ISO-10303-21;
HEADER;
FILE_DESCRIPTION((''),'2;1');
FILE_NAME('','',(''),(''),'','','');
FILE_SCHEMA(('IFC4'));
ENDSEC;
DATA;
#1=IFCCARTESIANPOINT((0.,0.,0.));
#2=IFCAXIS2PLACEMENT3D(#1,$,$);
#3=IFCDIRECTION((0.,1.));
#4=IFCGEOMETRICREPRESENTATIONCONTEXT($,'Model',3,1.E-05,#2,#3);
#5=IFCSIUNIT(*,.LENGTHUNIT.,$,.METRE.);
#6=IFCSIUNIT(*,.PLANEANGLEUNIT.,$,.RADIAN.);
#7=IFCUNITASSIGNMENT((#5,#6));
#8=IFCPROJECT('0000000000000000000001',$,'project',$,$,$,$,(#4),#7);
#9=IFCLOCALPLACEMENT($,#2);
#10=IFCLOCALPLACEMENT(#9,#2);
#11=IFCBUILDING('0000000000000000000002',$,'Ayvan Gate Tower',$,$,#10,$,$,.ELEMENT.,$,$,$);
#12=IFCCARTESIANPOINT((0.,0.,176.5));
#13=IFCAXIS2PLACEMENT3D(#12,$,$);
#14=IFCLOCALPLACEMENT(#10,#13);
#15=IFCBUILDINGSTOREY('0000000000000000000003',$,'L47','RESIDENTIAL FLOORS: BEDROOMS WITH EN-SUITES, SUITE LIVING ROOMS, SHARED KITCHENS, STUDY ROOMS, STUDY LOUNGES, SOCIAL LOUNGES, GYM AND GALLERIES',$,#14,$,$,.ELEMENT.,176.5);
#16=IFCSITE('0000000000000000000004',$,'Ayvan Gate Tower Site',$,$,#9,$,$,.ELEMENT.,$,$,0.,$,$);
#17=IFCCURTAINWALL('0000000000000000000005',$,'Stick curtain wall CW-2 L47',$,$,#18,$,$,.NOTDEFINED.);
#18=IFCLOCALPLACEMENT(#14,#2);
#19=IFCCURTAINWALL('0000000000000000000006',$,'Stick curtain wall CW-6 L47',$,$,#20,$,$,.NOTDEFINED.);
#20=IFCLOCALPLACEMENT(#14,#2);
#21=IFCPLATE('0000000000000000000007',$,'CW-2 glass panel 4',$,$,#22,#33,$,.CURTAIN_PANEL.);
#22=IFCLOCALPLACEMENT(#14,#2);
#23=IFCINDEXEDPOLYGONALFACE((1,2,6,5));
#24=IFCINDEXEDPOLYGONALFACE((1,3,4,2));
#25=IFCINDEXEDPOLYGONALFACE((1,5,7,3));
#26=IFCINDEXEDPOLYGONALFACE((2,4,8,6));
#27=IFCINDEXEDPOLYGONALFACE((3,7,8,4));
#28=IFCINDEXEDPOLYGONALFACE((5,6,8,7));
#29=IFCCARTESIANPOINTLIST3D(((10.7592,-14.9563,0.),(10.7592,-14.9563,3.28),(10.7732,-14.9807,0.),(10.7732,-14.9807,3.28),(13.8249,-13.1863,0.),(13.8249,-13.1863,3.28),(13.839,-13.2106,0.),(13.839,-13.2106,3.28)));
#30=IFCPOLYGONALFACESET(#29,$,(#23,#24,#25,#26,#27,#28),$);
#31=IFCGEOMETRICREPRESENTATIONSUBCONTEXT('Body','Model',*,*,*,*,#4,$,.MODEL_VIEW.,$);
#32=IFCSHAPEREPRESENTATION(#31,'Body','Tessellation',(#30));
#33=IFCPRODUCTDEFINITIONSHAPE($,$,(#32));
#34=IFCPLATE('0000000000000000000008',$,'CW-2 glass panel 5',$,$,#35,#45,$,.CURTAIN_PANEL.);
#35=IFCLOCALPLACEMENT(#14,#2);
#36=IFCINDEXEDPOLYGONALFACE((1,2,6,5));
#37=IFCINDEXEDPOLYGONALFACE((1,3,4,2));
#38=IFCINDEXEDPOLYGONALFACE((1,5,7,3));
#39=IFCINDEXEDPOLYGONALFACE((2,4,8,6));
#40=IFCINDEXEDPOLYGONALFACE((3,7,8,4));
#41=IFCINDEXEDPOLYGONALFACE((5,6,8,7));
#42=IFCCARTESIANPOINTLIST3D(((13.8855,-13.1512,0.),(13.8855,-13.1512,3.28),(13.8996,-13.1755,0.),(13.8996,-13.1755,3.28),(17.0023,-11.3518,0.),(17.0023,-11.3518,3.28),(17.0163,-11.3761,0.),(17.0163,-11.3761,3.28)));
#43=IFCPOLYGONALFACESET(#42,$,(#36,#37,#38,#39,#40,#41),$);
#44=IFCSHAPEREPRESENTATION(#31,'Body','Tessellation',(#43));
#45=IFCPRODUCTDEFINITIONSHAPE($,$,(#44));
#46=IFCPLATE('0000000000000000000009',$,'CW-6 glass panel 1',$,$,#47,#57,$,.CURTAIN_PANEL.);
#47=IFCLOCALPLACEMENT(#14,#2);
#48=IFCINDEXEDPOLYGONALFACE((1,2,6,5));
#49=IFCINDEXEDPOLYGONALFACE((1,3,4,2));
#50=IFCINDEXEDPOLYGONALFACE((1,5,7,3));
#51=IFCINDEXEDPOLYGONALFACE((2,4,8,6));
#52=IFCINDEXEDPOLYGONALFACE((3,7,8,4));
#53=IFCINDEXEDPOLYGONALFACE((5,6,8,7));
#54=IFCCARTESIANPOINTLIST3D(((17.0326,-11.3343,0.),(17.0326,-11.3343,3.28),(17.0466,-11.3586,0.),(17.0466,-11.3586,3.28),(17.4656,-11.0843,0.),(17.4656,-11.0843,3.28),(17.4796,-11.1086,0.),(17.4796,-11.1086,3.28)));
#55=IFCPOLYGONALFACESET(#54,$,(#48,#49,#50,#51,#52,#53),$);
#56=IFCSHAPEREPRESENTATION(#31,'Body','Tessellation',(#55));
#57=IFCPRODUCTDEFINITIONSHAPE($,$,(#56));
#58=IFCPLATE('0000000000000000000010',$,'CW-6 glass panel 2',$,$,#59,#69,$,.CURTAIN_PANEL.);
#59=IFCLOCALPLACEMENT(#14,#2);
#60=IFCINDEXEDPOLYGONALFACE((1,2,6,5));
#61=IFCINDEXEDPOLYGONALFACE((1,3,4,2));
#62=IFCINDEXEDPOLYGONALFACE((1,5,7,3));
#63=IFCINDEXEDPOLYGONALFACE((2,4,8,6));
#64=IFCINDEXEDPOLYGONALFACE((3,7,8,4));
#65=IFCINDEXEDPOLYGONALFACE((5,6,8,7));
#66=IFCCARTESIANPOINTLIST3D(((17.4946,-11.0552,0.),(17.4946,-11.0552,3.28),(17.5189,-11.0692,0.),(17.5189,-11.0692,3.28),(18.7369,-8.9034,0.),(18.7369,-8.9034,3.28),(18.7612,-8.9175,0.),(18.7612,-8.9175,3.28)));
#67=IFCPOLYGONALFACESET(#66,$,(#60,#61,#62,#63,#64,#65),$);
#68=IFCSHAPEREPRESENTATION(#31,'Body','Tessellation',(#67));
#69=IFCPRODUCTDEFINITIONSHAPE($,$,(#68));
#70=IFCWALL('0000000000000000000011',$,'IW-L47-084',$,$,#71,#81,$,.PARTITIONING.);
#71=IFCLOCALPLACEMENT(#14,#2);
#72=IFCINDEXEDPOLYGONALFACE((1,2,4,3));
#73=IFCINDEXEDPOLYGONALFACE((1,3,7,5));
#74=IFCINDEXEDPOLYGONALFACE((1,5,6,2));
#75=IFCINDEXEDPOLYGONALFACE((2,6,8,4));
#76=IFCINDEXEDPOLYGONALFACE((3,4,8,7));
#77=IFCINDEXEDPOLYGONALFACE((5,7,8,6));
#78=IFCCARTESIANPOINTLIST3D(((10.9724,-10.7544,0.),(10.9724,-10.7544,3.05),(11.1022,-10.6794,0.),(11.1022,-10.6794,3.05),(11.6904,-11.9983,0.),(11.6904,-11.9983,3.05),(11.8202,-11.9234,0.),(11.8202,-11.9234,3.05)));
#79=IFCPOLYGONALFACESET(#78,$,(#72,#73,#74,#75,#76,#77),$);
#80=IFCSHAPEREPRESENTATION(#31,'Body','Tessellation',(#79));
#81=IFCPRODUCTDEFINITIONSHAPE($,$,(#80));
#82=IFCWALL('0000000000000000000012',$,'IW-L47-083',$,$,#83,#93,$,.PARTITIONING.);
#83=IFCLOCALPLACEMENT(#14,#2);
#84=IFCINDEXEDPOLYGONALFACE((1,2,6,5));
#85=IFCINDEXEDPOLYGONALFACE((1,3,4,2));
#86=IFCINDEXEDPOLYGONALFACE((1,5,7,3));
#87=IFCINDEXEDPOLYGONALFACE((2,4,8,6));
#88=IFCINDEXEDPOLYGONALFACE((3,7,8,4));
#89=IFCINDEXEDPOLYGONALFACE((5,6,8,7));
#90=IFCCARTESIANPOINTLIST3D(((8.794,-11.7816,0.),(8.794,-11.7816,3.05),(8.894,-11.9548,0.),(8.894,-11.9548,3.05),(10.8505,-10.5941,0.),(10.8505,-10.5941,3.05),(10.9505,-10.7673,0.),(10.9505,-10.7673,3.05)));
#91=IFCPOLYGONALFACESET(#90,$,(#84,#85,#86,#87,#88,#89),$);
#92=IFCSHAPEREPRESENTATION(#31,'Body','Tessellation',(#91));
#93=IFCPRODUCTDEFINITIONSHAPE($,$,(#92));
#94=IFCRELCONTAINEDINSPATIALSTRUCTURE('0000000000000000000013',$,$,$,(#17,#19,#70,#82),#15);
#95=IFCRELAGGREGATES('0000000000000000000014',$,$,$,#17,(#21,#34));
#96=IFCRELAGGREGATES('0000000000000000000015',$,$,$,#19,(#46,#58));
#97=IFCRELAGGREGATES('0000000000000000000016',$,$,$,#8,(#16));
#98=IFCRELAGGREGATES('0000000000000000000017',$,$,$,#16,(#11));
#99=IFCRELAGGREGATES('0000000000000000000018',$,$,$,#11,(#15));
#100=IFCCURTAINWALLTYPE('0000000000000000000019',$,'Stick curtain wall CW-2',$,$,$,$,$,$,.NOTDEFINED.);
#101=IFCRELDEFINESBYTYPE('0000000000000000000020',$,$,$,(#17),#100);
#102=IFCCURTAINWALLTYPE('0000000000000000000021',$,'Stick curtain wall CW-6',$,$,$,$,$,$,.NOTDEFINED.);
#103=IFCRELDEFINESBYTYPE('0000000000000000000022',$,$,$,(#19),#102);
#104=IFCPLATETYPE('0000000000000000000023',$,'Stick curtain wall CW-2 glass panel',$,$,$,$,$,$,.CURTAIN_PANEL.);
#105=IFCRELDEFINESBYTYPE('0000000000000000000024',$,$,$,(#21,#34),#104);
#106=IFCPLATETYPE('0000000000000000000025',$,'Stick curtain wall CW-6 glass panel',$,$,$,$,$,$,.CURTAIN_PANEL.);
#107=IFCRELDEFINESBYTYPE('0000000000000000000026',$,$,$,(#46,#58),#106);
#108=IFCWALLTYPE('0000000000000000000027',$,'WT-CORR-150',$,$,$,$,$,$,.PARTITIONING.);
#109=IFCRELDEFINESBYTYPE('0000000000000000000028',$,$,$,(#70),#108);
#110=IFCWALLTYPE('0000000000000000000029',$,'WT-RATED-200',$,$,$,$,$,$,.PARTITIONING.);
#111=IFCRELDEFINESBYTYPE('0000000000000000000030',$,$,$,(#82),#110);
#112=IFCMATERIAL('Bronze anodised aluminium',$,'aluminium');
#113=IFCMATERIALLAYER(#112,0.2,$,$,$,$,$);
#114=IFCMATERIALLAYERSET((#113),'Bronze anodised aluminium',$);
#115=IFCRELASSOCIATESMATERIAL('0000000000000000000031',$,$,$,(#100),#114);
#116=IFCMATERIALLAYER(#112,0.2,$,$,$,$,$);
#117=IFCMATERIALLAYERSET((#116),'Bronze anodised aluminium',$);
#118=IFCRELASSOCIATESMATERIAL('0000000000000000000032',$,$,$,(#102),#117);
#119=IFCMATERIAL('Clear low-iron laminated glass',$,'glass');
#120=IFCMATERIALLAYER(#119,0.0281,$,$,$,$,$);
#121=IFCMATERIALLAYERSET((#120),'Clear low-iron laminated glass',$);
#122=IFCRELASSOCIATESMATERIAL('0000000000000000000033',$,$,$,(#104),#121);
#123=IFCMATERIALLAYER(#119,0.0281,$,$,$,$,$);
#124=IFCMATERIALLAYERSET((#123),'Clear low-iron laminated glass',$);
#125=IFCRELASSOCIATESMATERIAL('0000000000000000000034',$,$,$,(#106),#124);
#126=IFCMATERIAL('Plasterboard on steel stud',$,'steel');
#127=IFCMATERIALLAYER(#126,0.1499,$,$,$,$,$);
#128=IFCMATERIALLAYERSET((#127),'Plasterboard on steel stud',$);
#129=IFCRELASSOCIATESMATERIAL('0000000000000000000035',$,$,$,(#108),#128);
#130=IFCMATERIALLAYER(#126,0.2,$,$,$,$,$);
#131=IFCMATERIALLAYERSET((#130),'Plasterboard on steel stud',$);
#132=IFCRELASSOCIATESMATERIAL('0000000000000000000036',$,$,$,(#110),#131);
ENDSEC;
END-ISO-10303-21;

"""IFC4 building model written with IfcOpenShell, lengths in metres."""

from ifc_helpers import new_model, si_unit, direction, frame, frame_2d, origin, origin_2d, place, context, subcontext, project, spatial, rectangle, extrude, material, layer, layer_set, type_object, element, aggregate, save


model = new_model("IFC4")

# Units and contexts
model_context = context("Model", 3, precision=1e-05, world=origin(), true_north=direction((0.0, 1.0)))
body_context = subcontext(model_context, "Body", "Model", "MODEL_VIEW")
ifc_project = project(units=[si_unit("LENGTHUNIT", "METRE"), si_unit("PLANEANGLEUNIT", "RADIAN")], contexts=[model_context])

# Site, building, storey
site_placement = place(None, origin())
site = spatial("IfcSite", under=ifc_project, at=site_placement, Name="Ayvan Gate Tower Site", CompositionType="ELEMENT", RefElevation=0.0)
building_placement = place(site_placement, origin())
building = spatial("IfcBuilding", under=site, at=building_placement, Name="Ayvan Gate Tower", CompositionType="ELEMENT")
storey_placement = place(building_placement, frame((0.0, 0.0, 176.5)))
storey = spatial("IfcBuildingStorey", under=building, at=storey_placement, Name="L47", Description="RESIDENTIAL FLOORS: BEDROOMS WITH EN-SUITES, SUITE LIVING ROOMS, SHARED KITCHENS, STUDY ROOMS, STUDY LOUNGES, SOCIAL LOUNGES, GYM AND GALLERIES", CompositionType="ELEMENT", Elevation=176.5)

# Curtain walls
ifc_material_1 = material(Name="Bronze anodised aluminium", Category="aluminium")
ifc_layer_1 = layer(ifc_material_1, 0.2)
ifc_layer_set_1 = layer_set([ifc_layer_1], Name="Bronze anodised aluminium")
curtain_wall_type_1 = type_object("IfcCurtainWallType", Name="Stick curtain wall CW-2", PredefinedType="NOTDEFINED", material=ifc_layer_set_1)
curtain_wall_1_placement = place(storey_placement, origin())
curtain_wall_1 = element("IfcCurtainWall", 1, at=curtain_wall_1_placement, inside=storey, type_object=curtain_wall_type_1, Name="Stick curtain wall CW-2 L47", PredefinedType="NOTDEFINED")
ifc_layer_2 = layer(ifc_material_1, 0.2)
ifc_layer_set_2 = layer_set([ifc_layer_2], Name="Bronze anodised aluminium")
curtain_wall_type_2 = type_object("IfcCurtainWallType", Name="Stick curtain wall CW-6", PredefinedType="NOTDEFINED", material=ifc_layer_set_2)
curtain_wall_2_placement = place(storey_placement, origin())
curtain_wall_2 = element("IfcCurtainWall", 2, at=curtain_wall_2_placement, inside=storey, type_object=curtain_wall_type_2, Name="Stick curtain wall CW-6 L47", PredefinedType="NOTDEFINED")

# Plates
ifc_material_2 = material(Name="Clear low-iron laminated glass", Category="glass")
ifc_layer_3 = layer(ifc_material_2, 0.0281)
ifc_layer_set_3 = layer_set([ifc_layer_3], Name="Clear low-iron laminated glass")
plate_type_1 = type_object("IfcPlateType", Name="Stick curtain wall CW-2 glass panel", PredefinedType="CURTAIN_PANEL", material=ifc_layer_set_3)
plate_1_placement = place(storey_placement, frame((12.2991, -14.0835, 0.0), z_axis=(0.0, 0.0, 1.0), x_axis=(0.866025, 0.5, 0.0)))
plate_1 = element("IfcPlate", 3, at=plate_1_placement, type_object=plate_type_1, Name="CW-2 glass panel 4", PredefinedType="CURTAIN_PANEL", context=body_context, shape_type="SweptSolid", body=[
    extrude(rectangle(XDim=3.54, YDim=0.0281, at=origin_2d()), origin(), (0.0, 0.0, 1.0), 3.28),
])
plate_2_placement = place(storey_placement, frame((15.4509, -12.2637, 0.0), z_axis=(0.0, 0.0, 1.0), x_axis=(0.866025, 0.5, 0.0)))
plate_2 = element("IfcPlate", 4, at=plate_2_placement, type_object=plate_type_1, Name="CW-2 glass panel 5", PredefinedType="CURTAIN_PANEL", context=body_context, shape_type="SweptSolid", body=[
    extrude(rectangle(XDim=3.5989, YDim=0.0281, at=origin_2d()), origin(), (0.0, 0.0, 1.0), 3.28),
])
aggregate(curtain_wall_1, [plate_1, plate_2])
ifc_layer_4 = layer(ifc_material_2, 0.0281)
ifc_layer_set_4 = layer_set([ifc_layer_4], Name="Clear low-iron laminated glass")
plate_type_2 = type_object("IfcPlateType", Name="Stick curtain wall CW-6 glass panel", PredefinedType="CURTAIN_PANEL", material=ifc_layer_set_4)
plate_3_placement = place(storey_placement, frame((17.2561, -11.2214, 0.0), z_axis=(0.0, 0.0, 1.0), x_axis=(0.866025, 0.5, 0.0)))
plate_3 = element("IfcPlate", 5, at=plate_3_placement, type_object=plate_type_2, Name="CW-6 glass panel 1", PredefinedType="CURTAIN_PANEL", context=body_context, shape_type="SweptSolid", body=[
    extrude(rectangle(XDim=0.5, YDim=0.0281, at=origin_2d()), origin(), (0.0, 0.0, 1.0), 3.28),
])
plate_4_placement = place(storey_placement, frame((18.1279, -9.9863, 0.0), z_axis=(0.0, 0.0, 1.0), x_axis=(0.5, 0.866025, 0.0)))
plate_4 = element("IfcPlate", 6, at=plate_4_placement, type_object=plate_type_2, Name="CW-6 glass panel 2", PredefinedType="CURTAIN_PANEL", context=body_context, shape_type="SweptSolid", body=[
    extrude(rectangle(XDim=2.4846, YDim=0.0281, at=origin_2d()), origin(), (0.0, 0.0, 1.0), 3.28),
])
aggregate(curtain_wall_2, [plate_3, plate_4])

# Walls
ifc_material_3 = material(Name="Plasterboard on steel stud", Category="steel")
ifc_layer_5 = layer(ifc_material_3, 0.1499)
ifc_layer_set_5 = layer_set([ifc_layer_5], Name="Plasterboard on steel stud")
wall_type_1 = type_object("IfcWallType", Name="WT-CORR-150", PredefinedType="PARTITIONING", material=ifc_layer_set_5)
wall_1_placement = place(storey_placement, frame((11.7554, -11.9609, 0.0), z_axis=(0.0, 0.0, 1.0), x_axis=(-0.499924, 0.86607, 0.0)))
element("IfcWall", 7, at=wall_1_placement, inside=storey, type_object=wall_type_1, Name="IW-L47-084", PredefinedType="PARTITIONING", context=body_context, shape_type="SweptSolid", body=[
    extrude(rectangle(XDim=1.4363, YDim=0.1499, at=frame_2d((0.7183, 0.0))), origin(), (0.0, 0.0, 1.0), 3.05),
])
ifc_layer_6 = layer(ifc_material_3, 0.2)
ifc_layer_set_6 = layer_set([ifc_layer_6], Name="Plasterboard on steel stud")
wall_type_2 = type_object("IfcWallType", Name="WT-RATED-200", PredefinedType="PARTITIONING", material=ifc_layer_set_6)
wall_2_placement = place(storey_placement, frame((10.9006, -10.6807, 0.0), z_axis=(0.0, 0.0, 1.0), x_axis=(-0.866008, -0.500031, 0.0)))
element("IfcWall", 8, at=wall_2_placement, inside=storey, type_object=wall_type_2, Name="IW-L47-083", PredefinedType="PARTITIONING", context=body_context, shape_type="SweptSolid", body=[
    extrude(rectangle(XDim=2.3748, YDim=0.2, at=frame_2d((1.1875, 0.0))), origin(), (0.0, 0.0, 1.0), 3.05),
])

save(model, "model.ifc")
